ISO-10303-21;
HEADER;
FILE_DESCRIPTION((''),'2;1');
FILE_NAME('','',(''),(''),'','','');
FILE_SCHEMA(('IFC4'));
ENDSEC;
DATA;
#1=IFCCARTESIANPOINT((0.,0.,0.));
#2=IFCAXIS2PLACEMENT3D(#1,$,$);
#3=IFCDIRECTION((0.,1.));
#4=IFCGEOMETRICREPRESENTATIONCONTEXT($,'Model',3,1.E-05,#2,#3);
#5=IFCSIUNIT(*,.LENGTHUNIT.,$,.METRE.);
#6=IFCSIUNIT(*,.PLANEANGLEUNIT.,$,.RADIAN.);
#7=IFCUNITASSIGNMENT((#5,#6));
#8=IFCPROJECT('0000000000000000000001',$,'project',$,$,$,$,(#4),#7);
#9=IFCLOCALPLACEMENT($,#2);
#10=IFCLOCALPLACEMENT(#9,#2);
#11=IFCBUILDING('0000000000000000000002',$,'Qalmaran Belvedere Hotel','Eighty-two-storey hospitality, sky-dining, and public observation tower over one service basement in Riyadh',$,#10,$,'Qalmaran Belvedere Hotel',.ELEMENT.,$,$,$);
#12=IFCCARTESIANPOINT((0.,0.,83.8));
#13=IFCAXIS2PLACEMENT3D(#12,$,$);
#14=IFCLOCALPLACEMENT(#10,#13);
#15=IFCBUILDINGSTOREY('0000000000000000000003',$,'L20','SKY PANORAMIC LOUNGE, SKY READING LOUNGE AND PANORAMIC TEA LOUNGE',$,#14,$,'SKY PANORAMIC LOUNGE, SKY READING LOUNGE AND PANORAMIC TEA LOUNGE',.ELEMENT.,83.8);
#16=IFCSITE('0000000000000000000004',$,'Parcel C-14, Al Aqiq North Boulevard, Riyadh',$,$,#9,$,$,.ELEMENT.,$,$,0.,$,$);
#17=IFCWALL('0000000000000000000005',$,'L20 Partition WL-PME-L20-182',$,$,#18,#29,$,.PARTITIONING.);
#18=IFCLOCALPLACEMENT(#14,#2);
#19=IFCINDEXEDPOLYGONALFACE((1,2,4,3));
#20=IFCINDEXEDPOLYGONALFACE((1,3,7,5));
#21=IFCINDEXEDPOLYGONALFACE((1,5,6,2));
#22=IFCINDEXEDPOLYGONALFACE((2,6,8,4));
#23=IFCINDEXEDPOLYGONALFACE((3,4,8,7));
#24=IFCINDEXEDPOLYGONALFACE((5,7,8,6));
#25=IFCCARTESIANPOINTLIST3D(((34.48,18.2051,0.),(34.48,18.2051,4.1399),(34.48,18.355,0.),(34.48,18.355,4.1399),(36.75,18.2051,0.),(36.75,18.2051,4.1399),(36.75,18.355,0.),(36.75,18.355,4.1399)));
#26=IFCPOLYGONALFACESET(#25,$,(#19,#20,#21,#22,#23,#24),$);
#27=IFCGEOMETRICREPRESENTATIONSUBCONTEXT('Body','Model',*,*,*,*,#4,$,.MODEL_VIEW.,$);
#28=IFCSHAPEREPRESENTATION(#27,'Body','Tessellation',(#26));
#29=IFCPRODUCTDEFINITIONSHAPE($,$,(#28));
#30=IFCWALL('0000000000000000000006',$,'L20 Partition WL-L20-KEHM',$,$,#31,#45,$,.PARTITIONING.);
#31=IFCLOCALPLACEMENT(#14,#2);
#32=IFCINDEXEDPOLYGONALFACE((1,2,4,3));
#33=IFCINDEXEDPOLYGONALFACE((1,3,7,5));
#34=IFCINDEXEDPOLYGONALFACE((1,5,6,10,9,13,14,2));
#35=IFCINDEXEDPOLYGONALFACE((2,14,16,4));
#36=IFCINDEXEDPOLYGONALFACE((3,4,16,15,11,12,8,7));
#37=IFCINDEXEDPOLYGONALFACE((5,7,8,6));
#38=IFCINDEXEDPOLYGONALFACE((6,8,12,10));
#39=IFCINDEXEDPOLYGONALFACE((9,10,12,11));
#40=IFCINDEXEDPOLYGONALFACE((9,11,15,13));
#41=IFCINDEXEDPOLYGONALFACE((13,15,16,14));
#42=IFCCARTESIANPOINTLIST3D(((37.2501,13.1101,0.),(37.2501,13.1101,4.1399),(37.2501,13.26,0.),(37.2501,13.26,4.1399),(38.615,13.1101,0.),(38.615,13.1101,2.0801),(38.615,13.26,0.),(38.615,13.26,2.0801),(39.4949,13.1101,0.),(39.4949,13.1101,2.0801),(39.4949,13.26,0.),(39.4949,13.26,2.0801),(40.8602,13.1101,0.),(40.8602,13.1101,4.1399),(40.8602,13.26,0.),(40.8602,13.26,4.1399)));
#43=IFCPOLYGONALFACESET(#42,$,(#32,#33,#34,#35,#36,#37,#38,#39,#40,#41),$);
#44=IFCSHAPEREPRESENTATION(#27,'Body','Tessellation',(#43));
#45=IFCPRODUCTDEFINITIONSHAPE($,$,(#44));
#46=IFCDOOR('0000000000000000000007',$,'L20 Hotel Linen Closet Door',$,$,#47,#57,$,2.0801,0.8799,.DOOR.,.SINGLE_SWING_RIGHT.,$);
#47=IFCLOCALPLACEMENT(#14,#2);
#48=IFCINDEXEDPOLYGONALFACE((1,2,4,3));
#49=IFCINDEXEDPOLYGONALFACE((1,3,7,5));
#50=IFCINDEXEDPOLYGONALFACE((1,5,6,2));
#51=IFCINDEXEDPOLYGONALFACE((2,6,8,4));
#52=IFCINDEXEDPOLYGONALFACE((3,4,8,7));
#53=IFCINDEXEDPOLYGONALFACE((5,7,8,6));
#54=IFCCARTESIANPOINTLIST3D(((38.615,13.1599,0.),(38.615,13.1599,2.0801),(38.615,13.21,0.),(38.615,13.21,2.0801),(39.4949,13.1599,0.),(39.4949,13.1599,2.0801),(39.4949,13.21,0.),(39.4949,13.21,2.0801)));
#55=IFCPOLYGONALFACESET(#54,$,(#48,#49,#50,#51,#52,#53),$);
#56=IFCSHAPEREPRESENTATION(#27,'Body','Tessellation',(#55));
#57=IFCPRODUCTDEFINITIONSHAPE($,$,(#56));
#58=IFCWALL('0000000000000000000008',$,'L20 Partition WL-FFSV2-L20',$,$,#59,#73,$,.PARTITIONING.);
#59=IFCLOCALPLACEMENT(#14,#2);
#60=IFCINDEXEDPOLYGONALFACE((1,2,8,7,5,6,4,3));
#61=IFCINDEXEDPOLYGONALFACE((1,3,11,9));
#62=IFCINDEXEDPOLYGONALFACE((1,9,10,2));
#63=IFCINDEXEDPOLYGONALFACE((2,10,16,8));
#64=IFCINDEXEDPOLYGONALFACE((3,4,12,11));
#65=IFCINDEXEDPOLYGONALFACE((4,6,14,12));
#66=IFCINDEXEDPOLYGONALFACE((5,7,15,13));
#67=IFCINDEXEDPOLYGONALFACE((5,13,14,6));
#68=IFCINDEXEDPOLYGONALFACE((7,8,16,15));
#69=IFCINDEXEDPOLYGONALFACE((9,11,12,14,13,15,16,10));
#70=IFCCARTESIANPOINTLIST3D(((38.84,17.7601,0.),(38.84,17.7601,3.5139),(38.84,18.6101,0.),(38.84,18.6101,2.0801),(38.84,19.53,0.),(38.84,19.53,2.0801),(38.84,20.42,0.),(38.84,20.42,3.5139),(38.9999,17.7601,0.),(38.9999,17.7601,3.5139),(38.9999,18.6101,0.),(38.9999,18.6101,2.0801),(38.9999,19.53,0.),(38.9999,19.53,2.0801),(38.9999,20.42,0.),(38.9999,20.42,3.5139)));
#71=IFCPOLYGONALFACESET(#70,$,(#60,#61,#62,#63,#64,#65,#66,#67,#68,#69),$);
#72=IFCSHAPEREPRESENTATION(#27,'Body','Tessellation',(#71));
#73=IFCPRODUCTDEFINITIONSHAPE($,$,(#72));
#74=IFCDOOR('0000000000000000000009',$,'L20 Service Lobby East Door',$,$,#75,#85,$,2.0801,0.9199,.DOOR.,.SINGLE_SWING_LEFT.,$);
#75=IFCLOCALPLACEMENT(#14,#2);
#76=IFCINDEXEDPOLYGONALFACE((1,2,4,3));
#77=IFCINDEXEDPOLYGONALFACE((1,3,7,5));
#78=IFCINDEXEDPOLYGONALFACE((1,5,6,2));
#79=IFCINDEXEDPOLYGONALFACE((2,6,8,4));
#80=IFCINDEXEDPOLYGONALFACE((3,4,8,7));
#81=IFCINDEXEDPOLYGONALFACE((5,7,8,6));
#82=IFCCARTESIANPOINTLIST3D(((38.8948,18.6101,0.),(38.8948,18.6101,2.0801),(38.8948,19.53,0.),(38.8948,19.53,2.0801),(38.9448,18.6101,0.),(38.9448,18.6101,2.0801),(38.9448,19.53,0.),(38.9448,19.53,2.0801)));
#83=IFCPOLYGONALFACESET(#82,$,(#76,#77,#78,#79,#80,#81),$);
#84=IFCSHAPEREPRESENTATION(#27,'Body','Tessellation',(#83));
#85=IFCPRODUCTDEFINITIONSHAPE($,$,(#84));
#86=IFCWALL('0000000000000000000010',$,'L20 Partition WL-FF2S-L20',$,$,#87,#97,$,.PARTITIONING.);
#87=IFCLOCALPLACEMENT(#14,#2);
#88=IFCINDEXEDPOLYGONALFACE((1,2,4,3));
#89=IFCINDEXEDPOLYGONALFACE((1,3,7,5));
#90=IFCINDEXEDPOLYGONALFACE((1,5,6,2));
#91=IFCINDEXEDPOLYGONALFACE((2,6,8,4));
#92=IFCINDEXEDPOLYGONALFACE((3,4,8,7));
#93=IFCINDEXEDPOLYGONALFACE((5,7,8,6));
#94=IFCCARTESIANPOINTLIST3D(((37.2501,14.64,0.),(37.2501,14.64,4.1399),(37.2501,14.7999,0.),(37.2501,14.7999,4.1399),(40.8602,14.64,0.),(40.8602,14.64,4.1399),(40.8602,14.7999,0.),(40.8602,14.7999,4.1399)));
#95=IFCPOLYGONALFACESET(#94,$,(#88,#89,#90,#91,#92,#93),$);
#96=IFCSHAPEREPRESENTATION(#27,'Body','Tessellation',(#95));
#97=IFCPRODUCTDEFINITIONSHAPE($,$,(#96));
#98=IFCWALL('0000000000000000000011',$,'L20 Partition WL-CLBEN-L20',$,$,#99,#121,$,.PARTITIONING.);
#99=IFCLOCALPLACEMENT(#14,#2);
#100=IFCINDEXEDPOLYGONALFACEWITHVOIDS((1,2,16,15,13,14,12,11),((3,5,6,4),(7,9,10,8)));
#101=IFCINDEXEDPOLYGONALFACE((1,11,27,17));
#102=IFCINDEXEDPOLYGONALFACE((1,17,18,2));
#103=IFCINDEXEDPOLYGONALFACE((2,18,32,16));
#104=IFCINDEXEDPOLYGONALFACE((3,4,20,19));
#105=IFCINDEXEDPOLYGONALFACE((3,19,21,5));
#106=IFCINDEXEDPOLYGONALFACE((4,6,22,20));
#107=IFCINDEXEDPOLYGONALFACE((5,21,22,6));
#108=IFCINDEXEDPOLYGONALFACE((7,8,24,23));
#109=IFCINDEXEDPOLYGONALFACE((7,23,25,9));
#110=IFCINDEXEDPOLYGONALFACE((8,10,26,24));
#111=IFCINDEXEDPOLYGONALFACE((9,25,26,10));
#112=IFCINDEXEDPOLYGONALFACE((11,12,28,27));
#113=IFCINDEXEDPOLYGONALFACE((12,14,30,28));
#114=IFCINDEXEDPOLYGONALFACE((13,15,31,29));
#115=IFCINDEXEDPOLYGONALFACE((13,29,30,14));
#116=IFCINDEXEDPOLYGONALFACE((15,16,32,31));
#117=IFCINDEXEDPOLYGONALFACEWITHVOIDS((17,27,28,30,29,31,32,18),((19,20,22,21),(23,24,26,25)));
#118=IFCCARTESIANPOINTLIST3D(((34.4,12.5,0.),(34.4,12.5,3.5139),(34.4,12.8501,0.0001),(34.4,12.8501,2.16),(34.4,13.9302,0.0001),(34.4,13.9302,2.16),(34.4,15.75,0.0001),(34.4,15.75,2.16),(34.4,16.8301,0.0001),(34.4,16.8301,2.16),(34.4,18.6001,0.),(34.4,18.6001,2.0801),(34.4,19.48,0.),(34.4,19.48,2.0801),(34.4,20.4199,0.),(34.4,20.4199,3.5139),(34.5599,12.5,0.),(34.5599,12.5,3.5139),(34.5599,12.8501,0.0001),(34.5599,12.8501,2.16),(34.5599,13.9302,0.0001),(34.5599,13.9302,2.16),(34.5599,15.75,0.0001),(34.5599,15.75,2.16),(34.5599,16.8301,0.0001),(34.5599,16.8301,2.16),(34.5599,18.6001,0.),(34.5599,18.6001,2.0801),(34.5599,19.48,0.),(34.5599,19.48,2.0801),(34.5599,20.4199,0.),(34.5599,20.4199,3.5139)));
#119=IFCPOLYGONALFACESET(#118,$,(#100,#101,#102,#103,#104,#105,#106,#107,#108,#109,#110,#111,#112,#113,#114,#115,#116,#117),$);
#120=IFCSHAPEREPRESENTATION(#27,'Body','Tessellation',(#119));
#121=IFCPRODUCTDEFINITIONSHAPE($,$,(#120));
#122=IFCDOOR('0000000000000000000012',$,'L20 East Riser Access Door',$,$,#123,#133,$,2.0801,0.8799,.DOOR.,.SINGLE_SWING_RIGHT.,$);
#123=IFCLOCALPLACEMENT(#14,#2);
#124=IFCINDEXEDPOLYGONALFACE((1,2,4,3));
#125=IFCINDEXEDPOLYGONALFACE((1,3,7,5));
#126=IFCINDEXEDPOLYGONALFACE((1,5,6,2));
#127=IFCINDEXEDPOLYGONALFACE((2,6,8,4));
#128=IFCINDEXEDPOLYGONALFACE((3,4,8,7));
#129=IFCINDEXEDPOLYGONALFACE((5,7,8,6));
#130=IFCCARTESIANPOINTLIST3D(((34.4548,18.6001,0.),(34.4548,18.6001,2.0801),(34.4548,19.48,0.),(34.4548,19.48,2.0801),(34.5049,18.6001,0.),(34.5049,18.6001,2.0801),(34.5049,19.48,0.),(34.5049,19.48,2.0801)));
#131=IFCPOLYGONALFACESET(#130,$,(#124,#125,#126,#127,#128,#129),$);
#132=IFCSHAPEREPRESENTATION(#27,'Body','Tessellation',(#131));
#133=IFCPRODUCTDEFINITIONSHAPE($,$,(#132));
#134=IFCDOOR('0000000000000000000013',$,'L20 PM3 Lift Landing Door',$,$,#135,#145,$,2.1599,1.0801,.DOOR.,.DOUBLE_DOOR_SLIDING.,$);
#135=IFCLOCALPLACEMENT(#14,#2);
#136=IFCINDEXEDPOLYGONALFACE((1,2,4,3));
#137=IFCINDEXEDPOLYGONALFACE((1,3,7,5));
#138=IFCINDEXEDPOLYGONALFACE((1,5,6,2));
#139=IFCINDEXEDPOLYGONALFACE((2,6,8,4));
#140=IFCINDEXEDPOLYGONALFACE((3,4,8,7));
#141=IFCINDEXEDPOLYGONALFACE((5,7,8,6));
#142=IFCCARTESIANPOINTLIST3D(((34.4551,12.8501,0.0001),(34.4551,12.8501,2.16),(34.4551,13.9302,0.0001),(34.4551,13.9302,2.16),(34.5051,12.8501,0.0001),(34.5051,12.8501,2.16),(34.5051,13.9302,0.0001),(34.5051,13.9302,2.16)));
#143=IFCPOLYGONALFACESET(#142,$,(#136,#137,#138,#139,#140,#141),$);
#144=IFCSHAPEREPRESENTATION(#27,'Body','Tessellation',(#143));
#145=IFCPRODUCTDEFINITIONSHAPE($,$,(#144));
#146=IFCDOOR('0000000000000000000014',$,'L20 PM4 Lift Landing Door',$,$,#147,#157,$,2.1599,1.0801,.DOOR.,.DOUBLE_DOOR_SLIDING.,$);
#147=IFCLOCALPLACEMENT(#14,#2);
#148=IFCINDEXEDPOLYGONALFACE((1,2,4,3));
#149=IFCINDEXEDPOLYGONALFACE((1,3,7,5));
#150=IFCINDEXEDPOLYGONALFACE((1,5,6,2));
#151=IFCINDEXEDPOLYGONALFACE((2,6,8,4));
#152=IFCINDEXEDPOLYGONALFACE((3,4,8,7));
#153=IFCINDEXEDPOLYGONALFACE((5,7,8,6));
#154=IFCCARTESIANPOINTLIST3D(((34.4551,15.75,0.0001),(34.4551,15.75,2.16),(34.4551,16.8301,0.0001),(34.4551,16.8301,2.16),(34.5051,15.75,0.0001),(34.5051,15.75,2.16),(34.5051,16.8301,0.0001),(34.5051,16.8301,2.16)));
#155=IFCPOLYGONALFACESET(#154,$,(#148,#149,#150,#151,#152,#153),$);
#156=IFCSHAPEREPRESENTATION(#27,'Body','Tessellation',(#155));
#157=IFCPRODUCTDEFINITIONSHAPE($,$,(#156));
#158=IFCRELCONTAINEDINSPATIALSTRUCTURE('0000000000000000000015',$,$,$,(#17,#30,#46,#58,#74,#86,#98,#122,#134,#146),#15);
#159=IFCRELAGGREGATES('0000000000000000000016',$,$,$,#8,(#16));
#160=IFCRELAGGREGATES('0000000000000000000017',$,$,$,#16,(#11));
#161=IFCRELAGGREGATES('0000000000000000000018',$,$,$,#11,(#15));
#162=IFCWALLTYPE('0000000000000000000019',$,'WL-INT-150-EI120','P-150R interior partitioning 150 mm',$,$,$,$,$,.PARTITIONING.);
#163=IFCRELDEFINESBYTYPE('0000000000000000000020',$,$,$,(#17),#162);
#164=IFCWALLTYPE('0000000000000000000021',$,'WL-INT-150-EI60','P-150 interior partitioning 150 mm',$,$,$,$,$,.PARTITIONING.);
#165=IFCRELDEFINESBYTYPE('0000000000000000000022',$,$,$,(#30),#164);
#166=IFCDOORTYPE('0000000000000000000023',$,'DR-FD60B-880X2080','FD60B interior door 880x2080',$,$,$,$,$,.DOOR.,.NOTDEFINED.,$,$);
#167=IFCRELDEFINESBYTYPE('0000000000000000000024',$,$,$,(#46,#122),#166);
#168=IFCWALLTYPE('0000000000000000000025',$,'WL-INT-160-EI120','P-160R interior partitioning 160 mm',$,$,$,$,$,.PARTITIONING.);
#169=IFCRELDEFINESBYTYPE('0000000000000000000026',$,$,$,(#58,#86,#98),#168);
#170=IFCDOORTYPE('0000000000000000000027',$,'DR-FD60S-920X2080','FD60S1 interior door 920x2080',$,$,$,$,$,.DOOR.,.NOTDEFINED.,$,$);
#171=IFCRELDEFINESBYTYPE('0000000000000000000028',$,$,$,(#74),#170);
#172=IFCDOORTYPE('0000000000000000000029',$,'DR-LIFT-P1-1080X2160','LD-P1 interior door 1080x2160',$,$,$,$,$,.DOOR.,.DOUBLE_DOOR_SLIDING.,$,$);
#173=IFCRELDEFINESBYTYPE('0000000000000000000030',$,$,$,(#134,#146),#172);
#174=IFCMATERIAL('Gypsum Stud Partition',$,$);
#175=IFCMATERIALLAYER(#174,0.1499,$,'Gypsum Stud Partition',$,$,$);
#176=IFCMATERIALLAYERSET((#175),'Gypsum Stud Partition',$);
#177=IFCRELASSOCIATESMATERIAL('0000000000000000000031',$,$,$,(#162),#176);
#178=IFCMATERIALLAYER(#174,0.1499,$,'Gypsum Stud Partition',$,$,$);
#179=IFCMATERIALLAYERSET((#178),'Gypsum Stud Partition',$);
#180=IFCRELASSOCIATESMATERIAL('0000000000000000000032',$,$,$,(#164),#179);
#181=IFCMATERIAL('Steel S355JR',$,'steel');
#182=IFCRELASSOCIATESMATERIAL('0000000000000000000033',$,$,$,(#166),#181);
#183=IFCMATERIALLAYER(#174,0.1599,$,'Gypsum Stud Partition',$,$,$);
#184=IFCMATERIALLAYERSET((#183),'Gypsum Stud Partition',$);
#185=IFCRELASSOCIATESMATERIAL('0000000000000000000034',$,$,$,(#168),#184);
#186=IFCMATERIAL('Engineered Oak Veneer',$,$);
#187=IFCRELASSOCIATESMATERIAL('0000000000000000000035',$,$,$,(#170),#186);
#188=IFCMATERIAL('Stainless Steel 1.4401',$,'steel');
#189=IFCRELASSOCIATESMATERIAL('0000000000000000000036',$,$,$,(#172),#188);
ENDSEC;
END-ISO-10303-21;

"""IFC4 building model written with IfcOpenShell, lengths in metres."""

from ifc_helpers import new_model, si_unit, direction, frame, frame_2d, origin, place, context, subcontext, project, spatial, rectangle, extrude, material, layer, layer_set, type_object, element, fill, save


model = new_model("IFC4")

# Units and contexts
model_context = context("Model", 3, precision=1e-05, world=origin(), true_north=direction((0.0, 1.0)))
body_context = subcontext(model_context, "Body", "Model", "MODEL_VIEW")
ifc_project = project(units=[si_unit("LENGTHUNIT", "METRE"), si_unit("PLANEANGLEUNIT", "RADIAN")], contexts=[model_context])

# Site, building, storey
site_placement = place(None, origin())
site = spatial("IfcSite", under=ifc_project, at=site_placement, Name="Parcel C-14, Al Aqiq North Boulevard, Riyadh", CompositionType="ELEMENT", RefElevation=0.0)
building_placement = place(site_placement, origin())
building = spatial("IfcBuilding", under=site, at=building_placement, Name="Qalmaran Belvedere Hotel", Description="Eighty-two-storey hospitality, sky-dining, and public observation tower over one service basement in Riyadh", LongName="Qalmaran Belvedere Hotel", CompositionType="ELEMENT")
storey_placement = place(building_placement, frame((0.0, 0.0, 83.8)))
storey = spatial("IfcBuildingStorey", under=building, at=storey_placement, Name="L20", Description="SKY PANORAMIC LOUNGE, SKY READING LOUNGE AND PANORAMIC TEA LOUNGE", LongName="SKY PANORAMIC LOUNGE, SKY READING LOUNGE AND PANORAMIC TEA LOUNGE", CompositionType="ELEMENT", Elevation=83.8)

# Shared definitions
ifc_material_1 = material(Name="Steel S355JR", Category="steel")

# Wall
ifc_material_2 = material(Name="Gypsum Stud Partition")
ifc_layer_1 = layer(ifc_material_2, 0.1499, Name="Gypsum Stud Partition")
ifc_layer_set_1 = layer_set([ifc_layer_1], Name="Gypsum Stud Partition")
wall_type_1 = type_object("IfcWallType", Name="WL-INT-150-EI120", Description="P-150R interior partitioning 150 mm", PredefinedType="PARTITIONING", material=ifc_layer_set_1)
wall_1_placement = place(storey_placement, frame((34.48, 18.28, 0.0), z_axis=(0.0, 0.0, 1.0), x_axis=(1.0, 0.0, 0.0)))
element("IfcWall", 1, at=wall_1_placement, inside=storey, type_object=wall_type_1, Name="L20 Partition WL-PME-L20-182", PredefinedType="PARTITIONING", context=body_context, shape_type="SweptSolid", body=[
    extrude(rectangle(XDim=2.27, YDim=0.1499, at=frame_2d((1.135, 0.0))), origin(), (0.0, 0.0, 1.0), 4.1399),
])

# Walls, openings, doors
ifc_layer_2 = layer(ifc_material_2, 0.1499, Name="Gypsum Stud Partition")
ifc_layer_set_2 = layer_set([ifc_layer_2], Name="Gypsum Stud Partition")
wall_type_2 = type_object("IfcWallType", Name="WL-INT-150-EI60", Description="P-150 interior partitioning 150 mm", PredefinedType="PARTITIONING", material=ifc_layer_set_2)
wall_2_placement = place(storey_placement, frame((37.25, 13.1851, 0.0), z_axis=(0.0, 0.0, 1.0), x_axis=(1.0, 0.0, 0.0)))
wall_2 = element("IfcWall", 2, at=wall_2_placement, inside=storey, type_object=wall_type_2, Name="L20 Partition WL-L20-KEHM", PredefinedType="PARTITIONING", context=body_context, shape_type="SweptSolid", body=[
    extrude(rectangle(XDim=3.6101, YDim=0.1499, at=frame_2d((1.8052, 0.0))), origin(), (0.0, 0.0, 1.0), 4.1399),
])
opening_1_placement = place(wall_2_placement, frame((1.365, 0.0, 0.0)))
opening_1 = element("IfcOpeningElement", 3, at=opening_1_placement, cuts=wall_2, PredefinedType="OPENING", context=body_context, shape_type="SweptSolid", body=[
    extrude(rectangle(XDim=0.8799, YDim=2.0801, at=frame_2d((0.4399, 1.04))), frame((0.0, 0.085, 0.0), z_axis=(0.0, -1.0, 0.0), x_axis=(1.0, 0.0, 0.0)), (0.0, 0.0, 1.0), 0.1699),
])
door_type_1 = type_object("IfcDoorType", Name="DR-FD60B-880X2080", Description="FD60B interior door 880x2080", OperationType="NOTDEFINED", PredefinedType="DOOR", material=ifc_material_1)
door_1_placement = place(opening_1_placement, origin())
door_1 = element("IfcDoor", 4, at=door_1_placement, inside=storey, type_object=door_type_1, Name="L20 Hotel Linen Closet Door", OperationType="SINGLE_SWING_RIGHT", OverallHeight=2.0801, OverallWidth=0.8799, PredefinedType="DOOR", context=body_context, shape_type="SweptSolid", body=[
    extrude(rectangle(XDim=0.8799, YDim=2.0801, at=frame_2d((0.4399, 1.04))), frame((0.0, 0.0249, 0.0), z_axis=(0.0, -1.0, 0.0), x_axis=(1.0, 0.0, 0.0)), (0.0, 0.0, 1.0), 0.05),
])
fill(opening_1, door_1)
ifc_layer_3 = layer(ifc_material_2, 0.1599, Name="Gypsum Stud Partition")
ifc_layer_set_3 = layer_set([ifc_layer_3], Name="Gypsum Stud Partition")
wall_type_3 = type_object("IfcWallType", Name="WL-INT-160-EI120", Description="P-160R interior partitioning 160 mm", PredefinedType="PARTITIONING", material=ifc_layer_set_3)
wall_3_placement = place(storey_placement, frame((38.9199, 17.76, 0.0), z_axis=(0.0, 0.0, 1.0), x_axis=(0.0, 1.0, 0.0)))
wall_3 = element("IfcWall", 5, at=wall_3_placement, inside=storey, type_object=wall_type_3, Name="L20 Partition WL-FFSV2-L20", PredefinedType="PARTITIONING", context=body_context, shape_type="SweptSolid", body=[
    extrude(rectangle(XDim=2.6599, YDim=0.1599, at=frame_2d((1.3301, 0.0))), origin(), (0.0, 0.0, 1.0), 3.5139),
])
opening_2_placement = place(wall_3_placement, frame((1.77, 0.0, 0.0), z_axis=(0.0, 0.0, 1.0), x_axis=(-1.0, 0.0, 0.0)))
opening_2 = element("IfcOpeningElement", 6, at=opening_2_placement, cuts=wall_3, PredefinedType="OPENING", context=body_context, shape_type="SweptSolid", body=[
    extrude(rectangle(XDim=0.9199, YDim=2.0801, at=frame_2d((0.46, 1.04))), frame((0.0, 0.0898, 0.0), z_axis=(0.0, -1.0, 0.0), x_axis=(1.0, 0.0, 0.0)), (0.0, 0.0, 1.0), 0.1799),
])
ifc_material_3 = material(Name="Engineered Oak Veneer")
door_type_2 = type_object("IfcDoorType", Name="DR-FD60S-920X2080", Description="FD60S1 interior door 920x2080", OperationType="NOTDEFINED", PredefinedType="DOOR", material=ifc_material_3)
door_2_placement = place(opening_2_placement, origin())
door_2 = element("IfcDoor", 7, at=door_2_placement, inside=storey, type_object=door_type_2, Name="L20 Service Lobby East Door", OperationType="SINGLE_SWING_LEFT", OverallHeight=2.0801, OverallWidth=0.9199, PredefinedType="DOOR", context=body_context, shape_type="SweptSolid", body=[
    extrude(rectangle(XDim=0.9199, YDim=2.0801, at=frame_2d((0.46, 1.04))), frame((0.0, 0.0249, 0.0), z_axis=(0.0, -1.0, 0.0), x_axis=(1.0, 0.0, 0.0)), (0.0, 0.0, 1.0), 0.05),
])
fill(opening_2, door_2)

# Wall
wall_4_placement = place(storey_placement, frame((37.25, 14.72, 0.0), z_axis=(0.0, 0.0, 1.0), x_axis=(1.0, 0.0, 0.0)))
element("IfcWall", 8, at=wall_4_placement, inside=storey, type_object=wall_type_3, Name="L20 Partition WL-FF2S-L20", PredefinedType="PARTITIONING", context=body_context, shape_type="SweptSolid", body=[
    extrude(rectangle(XDim=3.6101, YDim=0.1599, at=frame_2d((1.8052, 0.0))), origin(), (0.0, 0.0, 1.0), 4.1399),
])

# Wall, openings, doors
wall_5_placement = place(storey_placement, frame((34.48, 12.5, 0.0), z_axis=(0.0, 0.0, 1.0), x_axis=(0.0, 1.0, 0.0)))
wall_5 = element("IfcWall", 9, at=wall_5_placement, inside=storey, type_object=wall_type_3, Name="L20 Partition WL-CLBEN-L20", PredefinedType="PARTITIONING", context=body_context, shape_type="SweptSolid", body=[
    extrude(rectangle(XDim=7.9199, YDim=0.1599, at=frame_2d((3.96, 0.0))), origin(), (0.0, 0.0, 1.0), 3.5139),
])
opening_3_placement = place(wall_5_placement, frame((0.3501, 0.0, 0.0)))
opening_3 = element("IfcOpeningElement", 10, at=opening_3_placement, cuts=wall_5, PredefinedType="OPENING", context=body_context, shape_type="SweptSolid", body=[
    extrude(rectangle(XDim=1.0801, YDim=2.1599, at=frame_2d((0.54, 1.0801))), frame((0.0, 0.0898, 0.0), z_axis=(0.0, -1.0, 0.0), x_axis=(1.0, 0.0, 0.0)), (0.0, 0.0, 1.0), 0.1799),
])
opening_4_placement = place(wall_5_placement, frame((3.25, 0.0, 0.0)))
opening_4 = element("IfcOpeningElement", 11, at=opening_4_placement, cuts=wall_5, PredefinedType="OPENING", context=body_context, shape_type="SweptSolid", body=[
    extrude(rectangle(XDim=1.0801, YDim=2.1599, at=frame_2d((0.54, 1.0801))), frame((0.0, 0.0898, 0.0), z_axis=(0.0, -1.0, 0.0), x_axis=(1.0, 0.0, 0.0)), (0.0, 0.0, 1.0), 0.1799),
])
opening_5_placement = place(wall_5_placement, frame((6.98, 0.0, 0.0), z_axis=(0.0, 0.0, 1.0), x_axis=(-1.0, 0.0, 0.0)))
opening_5 = element("IfcOpeningElement", 12, at=opening_5_placement, cuts=wall_5, PredefinedType="OPENING", context=body_context, shape_type="SweptSolid", body=[
    extrude(rectangle(XDim=0.8799, YDim=2.0801, at=frame_2d((0.4399, 1.04))), frame((0.0, 0.0898, 0.0), z_axis=(0.0, -1.0, 0.0), x_axis=(1.0, 0.0, 0.0)), (0.0, 0.0, 1.0), 0.1799),
])
door_3_placement = place(opening_5_placement, origin())
door_3 = element("IfcDoor", 13, at=door_3_placement, inside=storey, type_object=door_type_1, Name="L20 East Riser Access Door", OperationType="SINGLE_SWING_RIGHT", OverallHeight=2.0801, OverallWidth=0.8799, PredefinedType="DOOR", context=body_context, shape_type="SweptSolid", body=[
    extrude(rectangle(XDim=0.8799, YDim=2.0801, at=frame_2d((0.4399, 1.04))), frame((0.0, 0.0249, 0.0), z_axis=(0.0, -1.0, 0.0), x_axis=(1.0, 0.0, 0.0)), (0.0, 0.0, 1.0), 0.05),
])
fill(opening_5, door_3)
ifc_material_4 = material(Name="Stainless Steel 1.4401", Category="steel")
door_type_3 = type_object("IfcDoorType", Name="DR-LIFT-P1-1080X2160", Description="LD-P1 interior door 1080x2160", OperationType="DOUBLE_DOOR_SLIDING", PredefinedType="DOOR", material=ifc_material_4)
door_4_placement = place(opening_3_placement, origin())
door_4 = element("IfcDoor", 14, at=door_4_placement, inside=storey, type_object=door_type_3, Name="L20 PM3 Lift Landing Door", OperationType="DOUBLE_DOOR_SLIDING", OverallHeight=2.1599, OverallWidth=1.0801, PredefinedType="DOOR", context=body_context, shape_type="SweptSolid", body=[
    extrude(rectangle(XDim=1.0801, YDim=2.1599, at=frame_2d((0.54, 1.0801))), frame((0.0, 0.0249, 0.0), z_axis=(0.0, -1.0, 0.0), x_axis=(1.0, 0.0, 0.0)), (0.0, 0.0, 1.0), 0.05),
])
fill(opening_3, door_4)
door_5_placement = place(opening_4_placement, origin())
door_5 = element("IfcDoor", 15, at=door_5_placement, inside=storey, type_object=door_type_3, Name="L20 PM4 Lift Landing Door", OperationType="DOUBLE_DOOR_SLIDING", OverallHeight=2.1599, OverallWidth=1.0801, PredefinedType="DOOR", context=body_context, shape_type="SweptSolid", body=[
    extrude(rectangle(XDim=1.0801, YDim=2.1599, at=frame_2d((0.54, 1.0801))), frame((0.0, 0.0249, 0.0), z_axis=(0.0, -1.0, 0.0), x_axis=(1.0, 0.0, 0.0)), (0.0, 0.0, 1.0), 0.05),
])
fill(opening_4, door_5)

save(model, "model.ifc")
